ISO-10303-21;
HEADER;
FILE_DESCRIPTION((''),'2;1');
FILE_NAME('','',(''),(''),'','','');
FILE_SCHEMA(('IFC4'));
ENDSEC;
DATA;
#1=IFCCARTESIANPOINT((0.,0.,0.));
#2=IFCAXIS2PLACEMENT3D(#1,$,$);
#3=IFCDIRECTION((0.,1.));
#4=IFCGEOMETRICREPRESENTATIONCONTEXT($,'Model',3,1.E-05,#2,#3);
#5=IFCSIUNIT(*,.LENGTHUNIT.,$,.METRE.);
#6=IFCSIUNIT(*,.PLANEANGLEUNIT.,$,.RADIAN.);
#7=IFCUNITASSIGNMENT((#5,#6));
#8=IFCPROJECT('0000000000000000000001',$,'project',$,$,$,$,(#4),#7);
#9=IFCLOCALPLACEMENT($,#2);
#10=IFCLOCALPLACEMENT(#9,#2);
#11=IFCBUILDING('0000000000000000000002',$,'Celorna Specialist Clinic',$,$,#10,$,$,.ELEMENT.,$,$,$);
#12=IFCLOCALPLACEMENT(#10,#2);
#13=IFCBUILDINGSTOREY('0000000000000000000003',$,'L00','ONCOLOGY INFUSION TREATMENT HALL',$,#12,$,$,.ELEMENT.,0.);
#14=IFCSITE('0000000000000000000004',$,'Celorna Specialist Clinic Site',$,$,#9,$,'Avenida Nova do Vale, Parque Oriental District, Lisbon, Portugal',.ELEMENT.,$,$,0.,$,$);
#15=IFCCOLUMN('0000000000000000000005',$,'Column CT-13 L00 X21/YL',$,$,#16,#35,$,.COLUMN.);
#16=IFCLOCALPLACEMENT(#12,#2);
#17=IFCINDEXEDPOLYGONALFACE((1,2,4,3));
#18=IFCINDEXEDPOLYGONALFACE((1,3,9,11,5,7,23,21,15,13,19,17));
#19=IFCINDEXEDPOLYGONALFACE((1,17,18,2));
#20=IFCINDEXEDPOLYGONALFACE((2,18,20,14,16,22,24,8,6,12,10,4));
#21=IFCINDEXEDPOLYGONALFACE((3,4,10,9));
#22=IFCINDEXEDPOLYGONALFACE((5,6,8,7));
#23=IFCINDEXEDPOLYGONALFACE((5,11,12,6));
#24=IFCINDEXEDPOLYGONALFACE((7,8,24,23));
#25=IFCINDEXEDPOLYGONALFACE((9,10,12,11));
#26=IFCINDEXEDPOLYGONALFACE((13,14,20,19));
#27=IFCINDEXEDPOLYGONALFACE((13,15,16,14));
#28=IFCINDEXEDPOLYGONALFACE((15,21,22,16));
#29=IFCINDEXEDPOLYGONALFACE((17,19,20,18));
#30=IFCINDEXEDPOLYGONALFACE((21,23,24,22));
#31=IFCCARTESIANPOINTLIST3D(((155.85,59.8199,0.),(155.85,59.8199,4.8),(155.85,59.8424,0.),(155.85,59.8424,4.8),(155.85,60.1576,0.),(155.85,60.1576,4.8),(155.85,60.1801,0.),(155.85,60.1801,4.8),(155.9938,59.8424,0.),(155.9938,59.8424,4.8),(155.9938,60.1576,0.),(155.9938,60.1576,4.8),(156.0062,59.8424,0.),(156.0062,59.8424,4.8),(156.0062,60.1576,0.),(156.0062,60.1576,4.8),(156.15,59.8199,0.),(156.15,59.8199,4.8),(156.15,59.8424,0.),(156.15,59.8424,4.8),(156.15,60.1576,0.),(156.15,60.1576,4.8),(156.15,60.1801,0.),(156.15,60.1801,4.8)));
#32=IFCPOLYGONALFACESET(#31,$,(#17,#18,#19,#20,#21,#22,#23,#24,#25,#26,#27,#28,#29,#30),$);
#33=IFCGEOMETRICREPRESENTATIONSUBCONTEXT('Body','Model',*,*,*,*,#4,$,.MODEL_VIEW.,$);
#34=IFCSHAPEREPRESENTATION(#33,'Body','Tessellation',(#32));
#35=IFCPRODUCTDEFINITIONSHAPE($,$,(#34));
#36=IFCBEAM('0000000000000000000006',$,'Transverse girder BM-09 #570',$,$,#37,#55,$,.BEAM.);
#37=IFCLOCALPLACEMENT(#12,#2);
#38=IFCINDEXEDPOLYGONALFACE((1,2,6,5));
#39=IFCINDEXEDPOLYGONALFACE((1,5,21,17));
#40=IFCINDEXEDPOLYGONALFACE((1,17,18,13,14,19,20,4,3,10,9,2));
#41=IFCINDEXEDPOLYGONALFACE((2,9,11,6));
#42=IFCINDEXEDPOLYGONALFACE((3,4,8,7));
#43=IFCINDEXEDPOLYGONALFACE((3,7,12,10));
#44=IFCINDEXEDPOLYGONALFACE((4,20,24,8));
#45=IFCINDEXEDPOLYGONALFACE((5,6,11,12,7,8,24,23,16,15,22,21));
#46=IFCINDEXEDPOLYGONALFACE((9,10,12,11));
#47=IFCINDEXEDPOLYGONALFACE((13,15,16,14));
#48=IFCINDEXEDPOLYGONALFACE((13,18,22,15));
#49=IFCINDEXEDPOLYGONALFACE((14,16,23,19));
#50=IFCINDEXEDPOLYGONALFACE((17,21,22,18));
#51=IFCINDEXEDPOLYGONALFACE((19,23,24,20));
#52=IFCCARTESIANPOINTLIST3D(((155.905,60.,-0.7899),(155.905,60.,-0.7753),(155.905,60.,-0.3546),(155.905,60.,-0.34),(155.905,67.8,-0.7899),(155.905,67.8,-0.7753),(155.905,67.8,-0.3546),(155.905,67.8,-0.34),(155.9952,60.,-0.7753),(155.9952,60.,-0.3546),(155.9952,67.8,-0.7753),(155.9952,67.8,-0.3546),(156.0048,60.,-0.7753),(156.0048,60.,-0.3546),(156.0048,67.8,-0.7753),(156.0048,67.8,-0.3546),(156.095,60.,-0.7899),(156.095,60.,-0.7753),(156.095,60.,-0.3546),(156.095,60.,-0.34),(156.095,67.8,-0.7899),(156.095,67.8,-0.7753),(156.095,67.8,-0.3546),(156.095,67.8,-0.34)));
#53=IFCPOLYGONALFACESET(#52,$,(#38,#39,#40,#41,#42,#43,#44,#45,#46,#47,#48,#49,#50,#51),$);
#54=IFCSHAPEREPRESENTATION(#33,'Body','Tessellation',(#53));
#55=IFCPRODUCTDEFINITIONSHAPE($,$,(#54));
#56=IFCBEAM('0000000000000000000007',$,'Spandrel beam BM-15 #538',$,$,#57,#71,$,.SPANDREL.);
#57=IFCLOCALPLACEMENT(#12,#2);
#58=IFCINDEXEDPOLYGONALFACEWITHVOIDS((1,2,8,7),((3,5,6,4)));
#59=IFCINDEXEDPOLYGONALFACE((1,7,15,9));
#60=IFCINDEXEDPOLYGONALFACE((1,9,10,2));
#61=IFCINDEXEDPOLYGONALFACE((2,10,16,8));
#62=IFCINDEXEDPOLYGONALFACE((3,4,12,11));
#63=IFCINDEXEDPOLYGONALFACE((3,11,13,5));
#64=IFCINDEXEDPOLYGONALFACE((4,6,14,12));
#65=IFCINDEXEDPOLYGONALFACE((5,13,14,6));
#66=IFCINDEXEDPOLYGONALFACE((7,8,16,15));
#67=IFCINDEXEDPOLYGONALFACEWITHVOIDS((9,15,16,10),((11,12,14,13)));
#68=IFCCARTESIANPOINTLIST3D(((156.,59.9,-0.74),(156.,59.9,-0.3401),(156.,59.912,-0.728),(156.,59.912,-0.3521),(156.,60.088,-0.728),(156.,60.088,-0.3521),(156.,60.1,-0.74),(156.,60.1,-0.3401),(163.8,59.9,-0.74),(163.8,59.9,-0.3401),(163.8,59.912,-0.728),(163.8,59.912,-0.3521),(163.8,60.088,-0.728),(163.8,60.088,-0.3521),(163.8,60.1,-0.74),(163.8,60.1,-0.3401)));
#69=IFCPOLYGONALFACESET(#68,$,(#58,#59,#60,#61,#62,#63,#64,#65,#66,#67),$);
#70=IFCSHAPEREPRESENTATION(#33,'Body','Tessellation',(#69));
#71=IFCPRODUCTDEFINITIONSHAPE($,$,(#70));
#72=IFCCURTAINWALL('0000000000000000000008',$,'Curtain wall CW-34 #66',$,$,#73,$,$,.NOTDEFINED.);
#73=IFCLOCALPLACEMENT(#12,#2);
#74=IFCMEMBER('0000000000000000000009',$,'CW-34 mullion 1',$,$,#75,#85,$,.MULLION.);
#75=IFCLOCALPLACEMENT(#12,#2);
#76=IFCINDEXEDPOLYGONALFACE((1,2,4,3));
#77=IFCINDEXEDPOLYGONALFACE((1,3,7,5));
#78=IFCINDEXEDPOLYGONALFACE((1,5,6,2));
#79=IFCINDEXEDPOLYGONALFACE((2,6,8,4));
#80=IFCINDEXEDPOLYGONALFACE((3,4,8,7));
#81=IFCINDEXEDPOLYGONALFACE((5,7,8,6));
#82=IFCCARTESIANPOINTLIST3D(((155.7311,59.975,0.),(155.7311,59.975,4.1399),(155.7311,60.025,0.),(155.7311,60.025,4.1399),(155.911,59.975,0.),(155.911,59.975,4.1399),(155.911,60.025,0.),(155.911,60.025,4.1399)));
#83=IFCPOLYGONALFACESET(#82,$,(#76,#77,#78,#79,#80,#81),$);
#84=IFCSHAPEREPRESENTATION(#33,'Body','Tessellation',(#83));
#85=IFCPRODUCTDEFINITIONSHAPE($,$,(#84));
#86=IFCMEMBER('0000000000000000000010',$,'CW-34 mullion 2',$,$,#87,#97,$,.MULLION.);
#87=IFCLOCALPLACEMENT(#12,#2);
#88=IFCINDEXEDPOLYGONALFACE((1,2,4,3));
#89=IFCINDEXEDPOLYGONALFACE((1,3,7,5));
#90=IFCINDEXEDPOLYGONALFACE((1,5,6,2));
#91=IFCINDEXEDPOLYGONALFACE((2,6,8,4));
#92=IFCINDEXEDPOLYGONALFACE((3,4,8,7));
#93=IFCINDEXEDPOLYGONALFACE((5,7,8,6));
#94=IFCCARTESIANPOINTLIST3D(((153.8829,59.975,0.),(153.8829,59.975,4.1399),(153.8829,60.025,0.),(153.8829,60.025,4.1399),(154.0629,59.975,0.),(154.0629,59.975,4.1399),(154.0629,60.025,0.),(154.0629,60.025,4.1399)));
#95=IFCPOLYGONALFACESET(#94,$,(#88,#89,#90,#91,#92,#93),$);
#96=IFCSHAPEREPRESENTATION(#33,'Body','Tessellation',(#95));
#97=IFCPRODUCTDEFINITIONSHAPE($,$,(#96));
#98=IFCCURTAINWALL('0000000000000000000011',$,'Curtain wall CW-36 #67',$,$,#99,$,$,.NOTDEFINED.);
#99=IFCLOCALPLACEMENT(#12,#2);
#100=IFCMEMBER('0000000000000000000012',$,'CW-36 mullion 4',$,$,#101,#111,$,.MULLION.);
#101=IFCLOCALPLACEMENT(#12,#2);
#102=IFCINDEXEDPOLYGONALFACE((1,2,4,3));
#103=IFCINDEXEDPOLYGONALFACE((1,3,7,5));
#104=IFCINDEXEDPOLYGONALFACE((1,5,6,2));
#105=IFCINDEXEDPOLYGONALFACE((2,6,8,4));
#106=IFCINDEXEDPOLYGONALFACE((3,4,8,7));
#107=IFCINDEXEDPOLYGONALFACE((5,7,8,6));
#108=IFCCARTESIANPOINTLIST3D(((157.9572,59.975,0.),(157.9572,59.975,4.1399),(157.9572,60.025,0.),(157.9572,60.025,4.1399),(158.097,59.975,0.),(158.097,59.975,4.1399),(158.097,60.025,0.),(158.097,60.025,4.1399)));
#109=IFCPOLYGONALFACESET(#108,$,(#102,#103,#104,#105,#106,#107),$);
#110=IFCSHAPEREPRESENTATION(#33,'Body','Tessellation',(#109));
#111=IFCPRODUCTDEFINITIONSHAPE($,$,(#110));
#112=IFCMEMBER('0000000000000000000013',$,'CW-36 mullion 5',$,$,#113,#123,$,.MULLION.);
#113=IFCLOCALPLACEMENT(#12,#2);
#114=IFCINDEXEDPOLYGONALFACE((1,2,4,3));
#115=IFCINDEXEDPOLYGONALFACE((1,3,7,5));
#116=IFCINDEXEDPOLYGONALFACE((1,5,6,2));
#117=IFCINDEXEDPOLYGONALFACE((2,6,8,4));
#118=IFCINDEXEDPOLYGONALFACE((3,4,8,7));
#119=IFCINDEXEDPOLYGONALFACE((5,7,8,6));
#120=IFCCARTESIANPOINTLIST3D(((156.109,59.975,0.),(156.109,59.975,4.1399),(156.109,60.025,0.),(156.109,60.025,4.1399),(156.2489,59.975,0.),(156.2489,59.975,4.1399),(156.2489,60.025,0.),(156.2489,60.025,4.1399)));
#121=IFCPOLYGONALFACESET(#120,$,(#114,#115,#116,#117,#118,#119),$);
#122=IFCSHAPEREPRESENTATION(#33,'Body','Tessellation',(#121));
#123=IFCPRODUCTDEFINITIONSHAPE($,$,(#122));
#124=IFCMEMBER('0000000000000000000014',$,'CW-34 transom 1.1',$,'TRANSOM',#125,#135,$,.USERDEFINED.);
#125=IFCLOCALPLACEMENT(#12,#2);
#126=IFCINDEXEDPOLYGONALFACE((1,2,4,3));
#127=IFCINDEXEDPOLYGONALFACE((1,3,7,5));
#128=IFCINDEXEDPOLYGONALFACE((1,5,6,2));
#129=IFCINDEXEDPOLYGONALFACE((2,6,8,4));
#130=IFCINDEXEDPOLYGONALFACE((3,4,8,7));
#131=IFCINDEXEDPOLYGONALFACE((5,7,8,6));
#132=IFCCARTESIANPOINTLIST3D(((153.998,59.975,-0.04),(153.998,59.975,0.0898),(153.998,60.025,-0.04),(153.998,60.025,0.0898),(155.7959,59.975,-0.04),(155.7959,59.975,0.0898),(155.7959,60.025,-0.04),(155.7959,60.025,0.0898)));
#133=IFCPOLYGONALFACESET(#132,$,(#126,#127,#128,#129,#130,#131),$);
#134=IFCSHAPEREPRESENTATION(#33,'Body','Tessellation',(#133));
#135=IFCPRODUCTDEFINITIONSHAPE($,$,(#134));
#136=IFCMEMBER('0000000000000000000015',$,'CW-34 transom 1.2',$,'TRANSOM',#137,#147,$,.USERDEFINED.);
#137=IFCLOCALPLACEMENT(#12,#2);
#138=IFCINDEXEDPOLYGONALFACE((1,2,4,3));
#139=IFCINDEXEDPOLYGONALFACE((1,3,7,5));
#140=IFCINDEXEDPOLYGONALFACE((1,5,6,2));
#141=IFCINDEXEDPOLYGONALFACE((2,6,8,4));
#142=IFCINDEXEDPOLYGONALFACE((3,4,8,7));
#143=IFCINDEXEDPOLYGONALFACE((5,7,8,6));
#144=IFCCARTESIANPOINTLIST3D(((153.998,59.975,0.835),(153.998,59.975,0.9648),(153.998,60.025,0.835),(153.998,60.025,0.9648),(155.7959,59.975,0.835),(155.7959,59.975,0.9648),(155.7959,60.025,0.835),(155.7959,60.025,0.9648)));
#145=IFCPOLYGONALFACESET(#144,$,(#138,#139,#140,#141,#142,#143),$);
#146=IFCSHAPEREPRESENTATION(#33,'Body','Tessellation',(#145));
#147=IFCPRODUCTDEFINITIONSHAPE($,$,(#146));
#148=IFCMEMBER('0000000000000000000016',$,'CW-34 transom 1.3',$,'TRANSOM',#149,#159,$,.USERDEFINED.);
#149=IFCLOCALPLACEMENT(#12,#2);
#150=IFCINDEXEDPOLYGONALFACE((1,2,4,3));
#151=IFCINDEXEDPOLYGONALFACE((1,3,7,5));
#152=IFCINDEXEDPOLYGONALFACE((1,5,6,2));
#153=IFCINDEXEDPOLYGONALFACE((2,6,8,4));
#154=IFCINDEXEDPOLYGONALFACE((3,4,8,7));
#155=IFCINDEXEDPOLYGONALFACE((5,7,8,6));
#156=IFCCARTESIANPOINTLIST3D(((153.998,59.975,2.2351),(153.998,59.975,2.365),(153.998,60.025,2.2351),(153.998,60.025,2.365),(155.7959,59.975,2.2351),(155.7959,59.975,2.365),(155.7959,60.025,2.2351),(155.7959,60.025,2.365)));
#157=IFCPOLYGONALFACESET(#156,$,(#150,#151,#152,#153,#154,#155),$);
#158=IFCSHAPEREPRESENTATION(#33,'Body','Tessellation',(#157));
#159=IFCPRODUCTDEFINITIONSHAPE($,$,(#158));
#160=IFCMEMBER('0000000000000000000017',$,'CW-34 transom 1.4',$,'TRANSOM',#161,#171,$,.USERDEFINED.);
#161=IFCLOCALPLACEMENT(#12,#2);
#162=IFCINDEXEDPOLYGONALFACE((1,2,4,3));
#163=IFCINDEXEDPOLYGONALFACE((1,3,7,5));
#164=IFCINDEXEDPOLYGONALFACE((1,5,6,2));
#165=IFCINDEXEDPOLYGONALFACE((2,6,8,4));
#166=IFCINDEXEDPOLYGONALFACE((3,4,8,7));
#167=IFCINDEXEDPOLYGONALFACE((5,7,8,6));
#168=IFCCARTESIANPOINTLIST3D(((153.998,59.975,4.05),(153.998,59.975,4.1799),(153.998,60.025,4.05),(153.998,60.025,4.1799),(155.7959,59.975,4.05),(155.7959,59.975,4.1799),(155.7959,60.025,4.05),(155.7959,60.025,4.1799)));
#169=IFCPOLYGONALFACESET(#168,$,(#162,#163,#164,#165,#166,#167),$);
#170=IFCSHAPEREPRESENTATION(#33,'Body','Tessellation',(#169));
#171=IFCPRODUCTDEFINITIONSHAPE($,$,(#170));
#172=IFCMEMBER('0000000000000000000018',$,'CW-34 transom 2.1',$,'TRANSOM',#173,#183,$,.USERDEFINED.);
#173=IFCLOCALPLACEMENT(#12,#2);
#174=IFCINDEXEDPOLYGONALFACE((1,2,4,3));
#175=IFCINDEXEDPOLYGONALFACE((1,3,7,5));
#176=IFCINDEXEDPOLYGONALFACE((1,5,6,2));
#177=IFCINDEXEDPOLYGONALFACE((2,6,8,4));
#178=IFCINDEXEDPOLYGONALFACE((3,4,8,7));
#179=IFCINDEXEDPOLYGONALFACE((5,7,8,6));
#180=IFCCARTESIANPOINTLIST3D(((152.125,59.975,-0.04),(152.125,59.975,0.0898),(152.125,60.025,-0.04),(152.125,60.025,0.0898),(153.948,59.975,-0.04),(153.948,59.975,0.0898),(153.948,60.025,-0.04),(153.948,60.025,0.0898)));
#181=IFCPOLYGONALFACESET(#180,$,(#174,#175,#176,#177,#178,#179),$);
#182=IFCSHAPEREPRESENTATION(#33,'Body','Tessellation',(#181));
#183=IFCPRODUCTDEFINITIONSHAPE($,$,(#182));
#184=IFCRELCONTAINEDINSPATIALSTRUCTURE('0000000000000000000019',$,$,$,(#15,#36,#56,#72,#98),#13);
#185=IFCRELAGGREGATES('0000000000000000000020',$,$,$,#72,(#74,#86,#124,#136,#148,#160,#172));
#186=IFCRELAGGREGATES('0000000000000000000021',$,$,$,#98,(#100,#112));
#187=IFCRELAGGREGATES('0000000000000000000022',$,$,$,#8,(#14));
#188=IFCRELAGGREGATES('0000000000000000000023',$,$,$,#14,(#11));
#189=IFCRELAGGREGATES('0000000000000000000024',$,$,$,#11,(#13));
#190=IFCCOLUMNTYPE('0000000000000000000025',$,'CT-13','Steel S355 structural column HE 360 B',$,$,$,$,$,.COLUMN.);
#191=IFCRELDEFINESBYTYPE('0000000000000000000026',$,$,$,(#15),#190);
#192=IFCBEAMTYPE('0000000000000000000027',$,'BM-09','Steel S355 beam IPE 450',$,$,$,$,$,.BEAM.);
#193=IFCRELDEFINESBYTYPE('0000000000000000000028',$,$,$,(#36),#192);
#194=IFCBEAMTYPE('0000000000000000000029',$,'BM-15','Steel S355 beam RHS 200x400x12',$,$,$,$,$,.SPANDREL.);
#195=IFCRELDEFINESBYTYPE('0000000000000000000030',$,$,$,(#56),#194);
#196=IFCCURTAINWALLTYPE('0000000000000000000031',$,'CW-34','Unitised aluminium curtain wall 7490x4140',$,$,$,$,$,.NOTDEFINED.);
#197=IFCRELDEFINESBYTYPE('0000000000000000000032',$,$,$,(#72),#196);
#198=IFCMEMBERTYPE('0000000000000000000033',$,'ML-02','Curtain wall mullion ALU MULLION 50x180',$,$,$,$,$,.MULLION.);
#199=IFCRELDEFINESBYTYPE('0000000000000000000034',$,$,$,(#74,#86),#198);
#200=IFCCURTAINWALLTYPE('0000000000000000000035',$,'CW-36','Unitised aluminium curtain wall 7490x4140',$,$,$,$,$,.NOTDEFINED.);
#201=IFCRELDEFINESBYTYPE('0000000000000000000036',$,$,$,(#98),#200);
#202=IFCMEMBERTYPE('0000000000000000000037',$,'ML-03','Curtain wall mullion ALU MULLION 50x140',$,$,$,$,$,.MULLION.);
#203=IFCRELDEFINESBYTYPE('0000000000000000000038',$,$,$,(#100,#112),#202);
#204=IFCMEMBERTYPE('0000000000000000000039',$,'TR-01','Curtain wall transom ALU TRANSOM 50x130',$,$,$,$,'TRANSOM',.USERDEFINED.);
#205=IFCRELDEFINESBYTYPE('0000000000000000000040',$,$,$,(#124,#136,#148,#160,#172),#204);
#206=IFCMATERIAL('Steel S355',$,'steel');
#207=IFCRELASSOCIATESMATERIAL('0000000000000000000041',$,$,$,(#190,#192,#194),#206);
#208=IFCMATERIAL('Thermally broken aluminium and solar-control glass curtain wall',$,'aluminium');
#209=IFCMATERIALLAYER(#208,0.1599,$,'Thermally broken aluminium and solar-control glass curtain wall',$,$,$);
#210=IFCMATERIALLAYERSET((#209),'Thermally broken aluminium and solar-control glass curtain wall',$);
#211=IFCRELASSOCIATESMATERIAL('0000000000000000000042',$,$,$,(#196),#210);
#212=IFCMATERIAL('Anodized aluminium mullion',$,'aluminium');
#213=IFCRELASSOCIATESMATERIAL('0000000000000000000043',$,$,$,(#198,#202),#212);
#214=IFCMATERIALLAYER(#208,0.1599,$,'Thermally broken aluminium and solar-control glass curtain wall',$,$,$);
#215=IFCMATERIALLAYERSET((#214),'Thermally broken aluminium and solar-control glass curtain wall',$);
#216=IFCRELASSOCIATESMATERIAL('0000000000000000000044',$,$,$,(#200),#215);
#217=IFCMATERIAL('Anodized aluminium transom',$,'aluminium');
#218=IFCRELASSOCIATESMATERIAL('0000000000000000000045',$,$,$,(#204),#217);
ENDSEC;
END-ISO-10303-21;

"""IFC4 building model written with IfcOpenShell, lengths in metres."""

from ifc_helpers import new_model, si_unit, direction, frame, origin, origin_2d, place, context, subcontext, project, spatial, rectangle, hollow_rectangle, i_section, extrude, material, layer, layer_set, material_profile, profile_set, type_object, element, aggregate, save


model = new_model("IFC4")

# Units and contexts
model_context = context("Model", 3, precision=1e-05, world=origin(), true_north=direction((0.0, 1.0)))
body_context = subcontext(model_context, "Body", "Model", "MODEL_VIEW")
ifc_project = project(units=[si_unit("LENGTHUNIT", "METRE"), si_unit("PLANEANGLEUNIT", "RADIAN")], contexts=[model_context])

# Site, building, storey
site_placement = place(None, origin())
site = spatial("IfcSite", under=ifc_project, at=site_placement, Name="Celorna Specialist Clinic Site", LongName="Avenida Nova do Vale, Parque Oriental District, Lisbon, Portugal", CompositionType="ELEMENT", RefElevation=0.0)
building_placement = place(site_placement, origin())
building = spatial("IfcBuilding", under=site, at=building_placement, Name="Celorna Specialist Clinic", CompositionType="ELEMENT")
storey_placement = place(building_placement, origin())
storey = spatial("IfcBuildingStorey", under=building, at=storey_placement, Name="L00", Description="ONCOLOGY INFUSION TREATMENT HALL", CompositionType="ELEMENT", Elevation=0.0)

# Column
ifc_material_1 = material(Name="Steel S355", Category="steel")
ifc_material_profile_1 = material_profile(ifc_material_1, i_section(OverallWidth=0.3, OverallDepth=0.3601, WebThickness=0.0125, FlangeThickness=0.0225, at=origin_2d()), Name="HE 360 B")
ifc_profile_set_1 = profile_set([ifc_material_profile_1], Name="Steel S355")
column_type = type_object("IfcColumnType", Name="CT-13", Description="Steel S355 structural column HE 360 B", PredefinedType="COLUMN", material=ifc_profile_set_1)
column_placement = place(storey_placement, frame((156.0, 60.0, 0.0), z_axis=(0.0, 0.0, 1.0), x_axis=(1.0, 0.0, 0.0)))
element("IfcColumn", 1, at=column_placement, inside=storey, type_object=column_type, Name="Column CT-13 L00 X21/YL", PredefinedType="COLUMN", context=body_context, shape_type="SweptSolid", body=[
    extrude(i_section(OverallWidth=0.3, OverallDepth=0.3601, WebThickness=0.0125, FlangeThickness=0.0225, at=origin_2d()), origin(), (0.0, 0.0, 1.0), 4.8),
])

# Beams
ifc_material_profile_2 = material_profile(ifc_material_1, i_section(OverallWidth=0.1899, OverallDepth=0.45, WebThickness=0.0095, FlangeThickness=0.0146, at=origin_2d()), Name="IPE 450")
ifc_profile_set_2 = profile_set([ifc_material_profile_2], Name="Steel S355")
beam_type_1 = type_object("IfcBeamType", Name="BM-09", Description="Steel S355 beam IPE 450", PredefinedType="BEAM", material=ifc_profile_set_2)
beam_1_placement = place(storey_placement, frame((156.0, 60.0, -0.5649), z_axis=(0.0, 1.0, 0.0), x_axis=(-1.0, 0.0, 0.0)))
element("IfcBeam", 2, at=beam_1_placement, inside=storey, type_object=beam_type_1, Name="Transverse girder BM-09 #570", PredefinedType="BEAM", context=body_context, shape_type="SweptSolid", body=[
    extrude(i_section(OverallWidth=0.1899, OverallDepth=0.45, WebThickness=0.0095, FlangeThickness=0.0146, at=origin_2d()), origin(), (0.0, 0.0, 1.0), 7.8),
])
ifc_material_profile_3 = material_profile(ifc_material_1, hollow_rectangle(XDim=0.2, YDim=0.3999, WallThickness=0.012, at=origin_2d()), Name="RHS 200x400x12")
ifc_profile_set_3 = profile_set([ifc_material_profile_3], Name="Steel S355")
beam_type_2 = type_object("IfcBeamType", Name="BM-15", Description="Steel S355 beam RHS 200x400x12", PredefinedType="SPANDREL", material=ifc_profile_set_3)
beam_2_placement = place(storey_placement, frame((156.0, 60.0, -0.54), z_axis=(1.0, 0.0, 0.0), x_axis=(0.0, 1.0, 0.0)))
element("IfcBeam", 3, at=beam_2_placement, inside=storey, type_object=beam_type_2, Name="Spandrel beam BM-15 #538", PredefinedType="SPANDREL", context=body_context, shape_type="SweptSolid", body=[
    extrude(hollow_rectangle(XDim=0.2, YDim=0.3999, WallThickness=0.012, at=origin_2d()), origin(), (0.0, 0.0, 1.0), 7.8),
])

# Curtain walls, members
ifc_material_2 = material(Name="Thermally broken aluminium and solar-control glass curtain wall", Category="aluminium")
ifc_layer_1 = layer(ifc_material_2, 0.1599, Name="Thermally broken aluminium and solar-control glass curtain wall")
ifc_layer_set_1 = layer_set([ifc_layer_1], Name="Thermally broken aluminium and solar-control glass curtain wall")
curtain_wall_type_1 = type_object("IfcCurtainWallType", Name="CW-34", Description="Unitised aluminium curtain wall 7490x4140", PredefinedType="NOTDEFINED", material=ifc_layer_set_1)
curtain_wall_1_placement = place(storey_placement, origin())
curtain_wall_1 = element("IfcCurtainWall", 4, at=curtain_wall_1_placement, inside=storey, type_object=curtain_wall_type_1, Name="Curtain wall CW-34 #66", PredefinedType="NOTDEFINED")
ifc_material_3 = material(Name="Anodized aluminium mullion", Category="aluminium")
ifc_material_profile_4 = material_profile(ifc_material_3, rectangle(XDim=0.05, YDim=0.1799, at=origin_2d()), Name="ALU MULLION 50x180")
ifc_profile_set_4 = profile_set([ifc_material_profile_4], Name="Anodized aluminium mullion")
member_type_1 = type_object("IfcMemberType", Name="ML-02", Description="Curtain wall mullion ALU MULLION 50x180", PredefinedType="MULLION", material=ifc_profile_set_4)
member_1_placement = place(storey_placement, frame((155.821, 60.0, 0.0), z_axis=(0.0, 0.0, 1.0), x_axis=(0.0, -1.0, 0.0)))
member_1 = element("IfcMember", 5, at=member_1_placement, type_object=member_type_1, Name="CW-34 mullion 1", PredefinedType="MULLION", context=body_context, shape_type="SweptSolid", body=[
    extrude(rectangle(XDim=0.05, YDim=0.1799, at=origin_2d()), origin(), (0.0, 0.0, 1.0), 4.1399),
])
member_2_placement = place(storey_placement, frame((153.9729, 60.0, 0.0), z_axis=(0.0, 0.0, 1.0), x_axis=(0.0, -1.0, 0.0)))
member_2 = element("IfcMember", 6, at=member_2_placement, type_object=member_type_1, Name="CW-34 mullion 2", PredefinedType="MULLION", context=body_context, shape_type="SweptSolid", body=[
    extrude(rectangle(XDim=0.05, YDim=0.1799, at=origin_2d()), origin(), (0.0, 0.0, 1.0), 4.1399),
])
ifc_layer_2 = layer(ifc_material_2, 0.1599, Name="Thermally broken aluminium and solar-control glass curtain wall")
ifc_layer_set_2 = layer_set([ifc_layer_2], Name="Thermally broken aluminium and solar-control glass curtain wall")
curtain_wall_type_2 = type_object("IfcCurtainWallType", Name="CW-36", Description="Unitised aluminium curtain wall 7490x4140", PredefinedType="NOTDEFINED", material=ifc_layer_set_2)
curtain_wall_2_placement = place(storey_placement, origin())
curtain_wall_2 = element("IfcCurtainWall", 7, at=curtain_wall_2_placement, inside=storey, type_object=curtain_wall_type_2, Name="Curtain wall CW-36 #67", PredefinedType="NOTDEFINED")
ifc_material_profile_5 = material_profile(ifc_material_3, rectangle(XDim=0.05, YDim=0.1399, at=origin_2d()), Name="ALU MULLION 50x140")
ifc_profile_set_5 = profile_set([ifc_material_profile_5], Name="Anodized aluminium mullion")
member_type_2 = type_object("IfcMemberType", Name="ML-03", Description="Curtain wall mullion ALU MULLION 50x140", PredefinedType="MULLION", material=ifc_profile_set_5)
member_3_placement = place(storey_placement, frame((158.0271, 60.0, 0.0), z_axis=(0.0, 0.0, 1.0), x_axis=(0.0, -1.0, 0.0)))
member_3 = element("IfcMember", 8, at=member_3_placement, type_object=member_type_2, Name="CW-36 mullion 4", PredefinedType="MULLION", context=body_context, shape_type="SweptSolid", body=[
    extrude(rectangle(XDim=0.05, YDim=0.1399, at=origin_2d()), origin(), (0.0, 0.0, 1.0), 4.1399),
])
member_4_placement = place(storey_placement, frame((156.179, 60.0, 0.0), z_axis=(0.0, 0.0, 1.0), x_axis=(0.0, -1.0, 0.0)))
member_4 = element("IfcMember", 9, at=member_4_placement, type_object=member_type_2, Name="CW-36 mullion 5", PredefinedType="MULLION", context=body_context, shape_type="SweptSolid", body=[
    extrude(rectangle(XDim=0.05, YDim=0.1399, at=origin_2d()), origin(), (0.0, 0.0, 1.0), 4.1399),
])

# Members
ifc_material_4 = material(Name="Anodized aluminium transom", Category="aluminium")
ifc_material_profile_6 = material_profile(ifc_material_4, rectangle(XDim=0.05, YDim=0.1299, at=origin_2d()), Name="ALU TRANSOM 50x130")
ifc_profile_set_6 = profile_set([ifc_material_profile_6], Name="Anodized aluminium transom")
member_type_3 = type_object("IfcMemberType", Name="TR-01", Description="Curtain wall transom ALU TRANSOM 50x130", ElementType="TRANSOM", PredefinedType="USERDEFINED", material=ifc_profile_set_6)
member_5_placement = place(storey_placement, frame((155.7959, 60.0, 0.0249), z_axis=(-1.0, 0.0, 0.0), x_axis=(0.0, -1.0, 0.0)))
member_5 = element("IfcMember", 10, at=member_5_placement, type_object=member_type_3, Name="CW-34 transom 1.1", ObjectType="TRANSOM", PredefinedType="USERDEFINED", context=body_context, shape_type="SweptSolid", body=[
    extrude(rectangle(XDim=0.05, YDim=0.1299, at=origin_2d()), origin(), (0.0, 0.0, 1.0), 1.7979),
])
member_6_placement = place(storey_placement, frame((155.7959, 60.0, 0.8999), z_axis=(-1.0, 0.0, 0.0), x_axis=(0.0, -1.0, 0.0)))
member_6 = element("IfcMember", 11, at=member_6_placement, type_object=member_type_3, Name="CW-34 transom 1.2", ObjectType="TRANSOM", PredefinedType="USERDEFINED", context=body_context, shape_type="SweptSolid", body=[
    extrude(rectangle(XDim=0.05, YDim=0.1299, at=origin_2d()), origin(), (0.0, 0.0, 1.0), 1.7979),
])
member_7_placement = place(storey_placement, frame((155.7959, 60.0, 2.3), z_axis=(-1.0, 0.0, 0.0), x_axis=(0.0, -1.0, 0.0)))
member_7 = element("IfcMember", 12, at=member_7_placement, type_object=member_type_3, Name="CW-34 transom 1.3", ObjectType="TRANSOM", PredefinedType="USERDEFINED", context=body_context, shape_type="SweptSolid", body=[
    extrude(rectangle(XDim=0.05, YDim=0.1299, at=origin_2d()), origin(), (0.0, 0.0, 1.0), 1.7979),
])
member_8_placement = place(storey_placement, frame((155.7959, 60.0, 4.115), z_axis=(-1.0, 0.0, 0.0), x_axis=(0.0, -1.0, 0.0)))
member_8 = element("IfcMember", 13, at=member_8_placement, type_object=member_type_3, Name="CW-34 transom 1.4", ObjectType="TRANSOM", PredefinedType="USERDEFINED", context=body_context, shape_type="SweptSolid", body=[
    extrude(rectangle(XDim=0.05, YDim=0.1299, at=origin_2d()), origin(), (0.0, 0.0, 1.0), 1.7979),
])
member_9_placement = place(storey_placement, frame((153.948, 60.0, 0.0249), z_axis=(-1.0, 0.0, 0.0), x_axis=(0.0, -1.0, 0.0)))
member_9 = element("IfcMember", 14, at=member_9_placement, type_object=member_type_3, Name="CW-34 transom 2.1", ObjectType="TRANSOM", PredefinedType="USERDEFINED", context=body_context, shape_type="SweptSolid", body=[
    extrude(rectangle(XDim=0.05, YDim=0.1299, at=origin_2d()), origin(), (0.0, 0.0, 1.0), 1.823),
])

aggregate(curtain_wall_1, [member_1, member_2, member_5, member_6, member_7, member_8, member_9])
aggregate(curtain_wall_2, [member_3, member_4])

save(model, "model.ifc")
